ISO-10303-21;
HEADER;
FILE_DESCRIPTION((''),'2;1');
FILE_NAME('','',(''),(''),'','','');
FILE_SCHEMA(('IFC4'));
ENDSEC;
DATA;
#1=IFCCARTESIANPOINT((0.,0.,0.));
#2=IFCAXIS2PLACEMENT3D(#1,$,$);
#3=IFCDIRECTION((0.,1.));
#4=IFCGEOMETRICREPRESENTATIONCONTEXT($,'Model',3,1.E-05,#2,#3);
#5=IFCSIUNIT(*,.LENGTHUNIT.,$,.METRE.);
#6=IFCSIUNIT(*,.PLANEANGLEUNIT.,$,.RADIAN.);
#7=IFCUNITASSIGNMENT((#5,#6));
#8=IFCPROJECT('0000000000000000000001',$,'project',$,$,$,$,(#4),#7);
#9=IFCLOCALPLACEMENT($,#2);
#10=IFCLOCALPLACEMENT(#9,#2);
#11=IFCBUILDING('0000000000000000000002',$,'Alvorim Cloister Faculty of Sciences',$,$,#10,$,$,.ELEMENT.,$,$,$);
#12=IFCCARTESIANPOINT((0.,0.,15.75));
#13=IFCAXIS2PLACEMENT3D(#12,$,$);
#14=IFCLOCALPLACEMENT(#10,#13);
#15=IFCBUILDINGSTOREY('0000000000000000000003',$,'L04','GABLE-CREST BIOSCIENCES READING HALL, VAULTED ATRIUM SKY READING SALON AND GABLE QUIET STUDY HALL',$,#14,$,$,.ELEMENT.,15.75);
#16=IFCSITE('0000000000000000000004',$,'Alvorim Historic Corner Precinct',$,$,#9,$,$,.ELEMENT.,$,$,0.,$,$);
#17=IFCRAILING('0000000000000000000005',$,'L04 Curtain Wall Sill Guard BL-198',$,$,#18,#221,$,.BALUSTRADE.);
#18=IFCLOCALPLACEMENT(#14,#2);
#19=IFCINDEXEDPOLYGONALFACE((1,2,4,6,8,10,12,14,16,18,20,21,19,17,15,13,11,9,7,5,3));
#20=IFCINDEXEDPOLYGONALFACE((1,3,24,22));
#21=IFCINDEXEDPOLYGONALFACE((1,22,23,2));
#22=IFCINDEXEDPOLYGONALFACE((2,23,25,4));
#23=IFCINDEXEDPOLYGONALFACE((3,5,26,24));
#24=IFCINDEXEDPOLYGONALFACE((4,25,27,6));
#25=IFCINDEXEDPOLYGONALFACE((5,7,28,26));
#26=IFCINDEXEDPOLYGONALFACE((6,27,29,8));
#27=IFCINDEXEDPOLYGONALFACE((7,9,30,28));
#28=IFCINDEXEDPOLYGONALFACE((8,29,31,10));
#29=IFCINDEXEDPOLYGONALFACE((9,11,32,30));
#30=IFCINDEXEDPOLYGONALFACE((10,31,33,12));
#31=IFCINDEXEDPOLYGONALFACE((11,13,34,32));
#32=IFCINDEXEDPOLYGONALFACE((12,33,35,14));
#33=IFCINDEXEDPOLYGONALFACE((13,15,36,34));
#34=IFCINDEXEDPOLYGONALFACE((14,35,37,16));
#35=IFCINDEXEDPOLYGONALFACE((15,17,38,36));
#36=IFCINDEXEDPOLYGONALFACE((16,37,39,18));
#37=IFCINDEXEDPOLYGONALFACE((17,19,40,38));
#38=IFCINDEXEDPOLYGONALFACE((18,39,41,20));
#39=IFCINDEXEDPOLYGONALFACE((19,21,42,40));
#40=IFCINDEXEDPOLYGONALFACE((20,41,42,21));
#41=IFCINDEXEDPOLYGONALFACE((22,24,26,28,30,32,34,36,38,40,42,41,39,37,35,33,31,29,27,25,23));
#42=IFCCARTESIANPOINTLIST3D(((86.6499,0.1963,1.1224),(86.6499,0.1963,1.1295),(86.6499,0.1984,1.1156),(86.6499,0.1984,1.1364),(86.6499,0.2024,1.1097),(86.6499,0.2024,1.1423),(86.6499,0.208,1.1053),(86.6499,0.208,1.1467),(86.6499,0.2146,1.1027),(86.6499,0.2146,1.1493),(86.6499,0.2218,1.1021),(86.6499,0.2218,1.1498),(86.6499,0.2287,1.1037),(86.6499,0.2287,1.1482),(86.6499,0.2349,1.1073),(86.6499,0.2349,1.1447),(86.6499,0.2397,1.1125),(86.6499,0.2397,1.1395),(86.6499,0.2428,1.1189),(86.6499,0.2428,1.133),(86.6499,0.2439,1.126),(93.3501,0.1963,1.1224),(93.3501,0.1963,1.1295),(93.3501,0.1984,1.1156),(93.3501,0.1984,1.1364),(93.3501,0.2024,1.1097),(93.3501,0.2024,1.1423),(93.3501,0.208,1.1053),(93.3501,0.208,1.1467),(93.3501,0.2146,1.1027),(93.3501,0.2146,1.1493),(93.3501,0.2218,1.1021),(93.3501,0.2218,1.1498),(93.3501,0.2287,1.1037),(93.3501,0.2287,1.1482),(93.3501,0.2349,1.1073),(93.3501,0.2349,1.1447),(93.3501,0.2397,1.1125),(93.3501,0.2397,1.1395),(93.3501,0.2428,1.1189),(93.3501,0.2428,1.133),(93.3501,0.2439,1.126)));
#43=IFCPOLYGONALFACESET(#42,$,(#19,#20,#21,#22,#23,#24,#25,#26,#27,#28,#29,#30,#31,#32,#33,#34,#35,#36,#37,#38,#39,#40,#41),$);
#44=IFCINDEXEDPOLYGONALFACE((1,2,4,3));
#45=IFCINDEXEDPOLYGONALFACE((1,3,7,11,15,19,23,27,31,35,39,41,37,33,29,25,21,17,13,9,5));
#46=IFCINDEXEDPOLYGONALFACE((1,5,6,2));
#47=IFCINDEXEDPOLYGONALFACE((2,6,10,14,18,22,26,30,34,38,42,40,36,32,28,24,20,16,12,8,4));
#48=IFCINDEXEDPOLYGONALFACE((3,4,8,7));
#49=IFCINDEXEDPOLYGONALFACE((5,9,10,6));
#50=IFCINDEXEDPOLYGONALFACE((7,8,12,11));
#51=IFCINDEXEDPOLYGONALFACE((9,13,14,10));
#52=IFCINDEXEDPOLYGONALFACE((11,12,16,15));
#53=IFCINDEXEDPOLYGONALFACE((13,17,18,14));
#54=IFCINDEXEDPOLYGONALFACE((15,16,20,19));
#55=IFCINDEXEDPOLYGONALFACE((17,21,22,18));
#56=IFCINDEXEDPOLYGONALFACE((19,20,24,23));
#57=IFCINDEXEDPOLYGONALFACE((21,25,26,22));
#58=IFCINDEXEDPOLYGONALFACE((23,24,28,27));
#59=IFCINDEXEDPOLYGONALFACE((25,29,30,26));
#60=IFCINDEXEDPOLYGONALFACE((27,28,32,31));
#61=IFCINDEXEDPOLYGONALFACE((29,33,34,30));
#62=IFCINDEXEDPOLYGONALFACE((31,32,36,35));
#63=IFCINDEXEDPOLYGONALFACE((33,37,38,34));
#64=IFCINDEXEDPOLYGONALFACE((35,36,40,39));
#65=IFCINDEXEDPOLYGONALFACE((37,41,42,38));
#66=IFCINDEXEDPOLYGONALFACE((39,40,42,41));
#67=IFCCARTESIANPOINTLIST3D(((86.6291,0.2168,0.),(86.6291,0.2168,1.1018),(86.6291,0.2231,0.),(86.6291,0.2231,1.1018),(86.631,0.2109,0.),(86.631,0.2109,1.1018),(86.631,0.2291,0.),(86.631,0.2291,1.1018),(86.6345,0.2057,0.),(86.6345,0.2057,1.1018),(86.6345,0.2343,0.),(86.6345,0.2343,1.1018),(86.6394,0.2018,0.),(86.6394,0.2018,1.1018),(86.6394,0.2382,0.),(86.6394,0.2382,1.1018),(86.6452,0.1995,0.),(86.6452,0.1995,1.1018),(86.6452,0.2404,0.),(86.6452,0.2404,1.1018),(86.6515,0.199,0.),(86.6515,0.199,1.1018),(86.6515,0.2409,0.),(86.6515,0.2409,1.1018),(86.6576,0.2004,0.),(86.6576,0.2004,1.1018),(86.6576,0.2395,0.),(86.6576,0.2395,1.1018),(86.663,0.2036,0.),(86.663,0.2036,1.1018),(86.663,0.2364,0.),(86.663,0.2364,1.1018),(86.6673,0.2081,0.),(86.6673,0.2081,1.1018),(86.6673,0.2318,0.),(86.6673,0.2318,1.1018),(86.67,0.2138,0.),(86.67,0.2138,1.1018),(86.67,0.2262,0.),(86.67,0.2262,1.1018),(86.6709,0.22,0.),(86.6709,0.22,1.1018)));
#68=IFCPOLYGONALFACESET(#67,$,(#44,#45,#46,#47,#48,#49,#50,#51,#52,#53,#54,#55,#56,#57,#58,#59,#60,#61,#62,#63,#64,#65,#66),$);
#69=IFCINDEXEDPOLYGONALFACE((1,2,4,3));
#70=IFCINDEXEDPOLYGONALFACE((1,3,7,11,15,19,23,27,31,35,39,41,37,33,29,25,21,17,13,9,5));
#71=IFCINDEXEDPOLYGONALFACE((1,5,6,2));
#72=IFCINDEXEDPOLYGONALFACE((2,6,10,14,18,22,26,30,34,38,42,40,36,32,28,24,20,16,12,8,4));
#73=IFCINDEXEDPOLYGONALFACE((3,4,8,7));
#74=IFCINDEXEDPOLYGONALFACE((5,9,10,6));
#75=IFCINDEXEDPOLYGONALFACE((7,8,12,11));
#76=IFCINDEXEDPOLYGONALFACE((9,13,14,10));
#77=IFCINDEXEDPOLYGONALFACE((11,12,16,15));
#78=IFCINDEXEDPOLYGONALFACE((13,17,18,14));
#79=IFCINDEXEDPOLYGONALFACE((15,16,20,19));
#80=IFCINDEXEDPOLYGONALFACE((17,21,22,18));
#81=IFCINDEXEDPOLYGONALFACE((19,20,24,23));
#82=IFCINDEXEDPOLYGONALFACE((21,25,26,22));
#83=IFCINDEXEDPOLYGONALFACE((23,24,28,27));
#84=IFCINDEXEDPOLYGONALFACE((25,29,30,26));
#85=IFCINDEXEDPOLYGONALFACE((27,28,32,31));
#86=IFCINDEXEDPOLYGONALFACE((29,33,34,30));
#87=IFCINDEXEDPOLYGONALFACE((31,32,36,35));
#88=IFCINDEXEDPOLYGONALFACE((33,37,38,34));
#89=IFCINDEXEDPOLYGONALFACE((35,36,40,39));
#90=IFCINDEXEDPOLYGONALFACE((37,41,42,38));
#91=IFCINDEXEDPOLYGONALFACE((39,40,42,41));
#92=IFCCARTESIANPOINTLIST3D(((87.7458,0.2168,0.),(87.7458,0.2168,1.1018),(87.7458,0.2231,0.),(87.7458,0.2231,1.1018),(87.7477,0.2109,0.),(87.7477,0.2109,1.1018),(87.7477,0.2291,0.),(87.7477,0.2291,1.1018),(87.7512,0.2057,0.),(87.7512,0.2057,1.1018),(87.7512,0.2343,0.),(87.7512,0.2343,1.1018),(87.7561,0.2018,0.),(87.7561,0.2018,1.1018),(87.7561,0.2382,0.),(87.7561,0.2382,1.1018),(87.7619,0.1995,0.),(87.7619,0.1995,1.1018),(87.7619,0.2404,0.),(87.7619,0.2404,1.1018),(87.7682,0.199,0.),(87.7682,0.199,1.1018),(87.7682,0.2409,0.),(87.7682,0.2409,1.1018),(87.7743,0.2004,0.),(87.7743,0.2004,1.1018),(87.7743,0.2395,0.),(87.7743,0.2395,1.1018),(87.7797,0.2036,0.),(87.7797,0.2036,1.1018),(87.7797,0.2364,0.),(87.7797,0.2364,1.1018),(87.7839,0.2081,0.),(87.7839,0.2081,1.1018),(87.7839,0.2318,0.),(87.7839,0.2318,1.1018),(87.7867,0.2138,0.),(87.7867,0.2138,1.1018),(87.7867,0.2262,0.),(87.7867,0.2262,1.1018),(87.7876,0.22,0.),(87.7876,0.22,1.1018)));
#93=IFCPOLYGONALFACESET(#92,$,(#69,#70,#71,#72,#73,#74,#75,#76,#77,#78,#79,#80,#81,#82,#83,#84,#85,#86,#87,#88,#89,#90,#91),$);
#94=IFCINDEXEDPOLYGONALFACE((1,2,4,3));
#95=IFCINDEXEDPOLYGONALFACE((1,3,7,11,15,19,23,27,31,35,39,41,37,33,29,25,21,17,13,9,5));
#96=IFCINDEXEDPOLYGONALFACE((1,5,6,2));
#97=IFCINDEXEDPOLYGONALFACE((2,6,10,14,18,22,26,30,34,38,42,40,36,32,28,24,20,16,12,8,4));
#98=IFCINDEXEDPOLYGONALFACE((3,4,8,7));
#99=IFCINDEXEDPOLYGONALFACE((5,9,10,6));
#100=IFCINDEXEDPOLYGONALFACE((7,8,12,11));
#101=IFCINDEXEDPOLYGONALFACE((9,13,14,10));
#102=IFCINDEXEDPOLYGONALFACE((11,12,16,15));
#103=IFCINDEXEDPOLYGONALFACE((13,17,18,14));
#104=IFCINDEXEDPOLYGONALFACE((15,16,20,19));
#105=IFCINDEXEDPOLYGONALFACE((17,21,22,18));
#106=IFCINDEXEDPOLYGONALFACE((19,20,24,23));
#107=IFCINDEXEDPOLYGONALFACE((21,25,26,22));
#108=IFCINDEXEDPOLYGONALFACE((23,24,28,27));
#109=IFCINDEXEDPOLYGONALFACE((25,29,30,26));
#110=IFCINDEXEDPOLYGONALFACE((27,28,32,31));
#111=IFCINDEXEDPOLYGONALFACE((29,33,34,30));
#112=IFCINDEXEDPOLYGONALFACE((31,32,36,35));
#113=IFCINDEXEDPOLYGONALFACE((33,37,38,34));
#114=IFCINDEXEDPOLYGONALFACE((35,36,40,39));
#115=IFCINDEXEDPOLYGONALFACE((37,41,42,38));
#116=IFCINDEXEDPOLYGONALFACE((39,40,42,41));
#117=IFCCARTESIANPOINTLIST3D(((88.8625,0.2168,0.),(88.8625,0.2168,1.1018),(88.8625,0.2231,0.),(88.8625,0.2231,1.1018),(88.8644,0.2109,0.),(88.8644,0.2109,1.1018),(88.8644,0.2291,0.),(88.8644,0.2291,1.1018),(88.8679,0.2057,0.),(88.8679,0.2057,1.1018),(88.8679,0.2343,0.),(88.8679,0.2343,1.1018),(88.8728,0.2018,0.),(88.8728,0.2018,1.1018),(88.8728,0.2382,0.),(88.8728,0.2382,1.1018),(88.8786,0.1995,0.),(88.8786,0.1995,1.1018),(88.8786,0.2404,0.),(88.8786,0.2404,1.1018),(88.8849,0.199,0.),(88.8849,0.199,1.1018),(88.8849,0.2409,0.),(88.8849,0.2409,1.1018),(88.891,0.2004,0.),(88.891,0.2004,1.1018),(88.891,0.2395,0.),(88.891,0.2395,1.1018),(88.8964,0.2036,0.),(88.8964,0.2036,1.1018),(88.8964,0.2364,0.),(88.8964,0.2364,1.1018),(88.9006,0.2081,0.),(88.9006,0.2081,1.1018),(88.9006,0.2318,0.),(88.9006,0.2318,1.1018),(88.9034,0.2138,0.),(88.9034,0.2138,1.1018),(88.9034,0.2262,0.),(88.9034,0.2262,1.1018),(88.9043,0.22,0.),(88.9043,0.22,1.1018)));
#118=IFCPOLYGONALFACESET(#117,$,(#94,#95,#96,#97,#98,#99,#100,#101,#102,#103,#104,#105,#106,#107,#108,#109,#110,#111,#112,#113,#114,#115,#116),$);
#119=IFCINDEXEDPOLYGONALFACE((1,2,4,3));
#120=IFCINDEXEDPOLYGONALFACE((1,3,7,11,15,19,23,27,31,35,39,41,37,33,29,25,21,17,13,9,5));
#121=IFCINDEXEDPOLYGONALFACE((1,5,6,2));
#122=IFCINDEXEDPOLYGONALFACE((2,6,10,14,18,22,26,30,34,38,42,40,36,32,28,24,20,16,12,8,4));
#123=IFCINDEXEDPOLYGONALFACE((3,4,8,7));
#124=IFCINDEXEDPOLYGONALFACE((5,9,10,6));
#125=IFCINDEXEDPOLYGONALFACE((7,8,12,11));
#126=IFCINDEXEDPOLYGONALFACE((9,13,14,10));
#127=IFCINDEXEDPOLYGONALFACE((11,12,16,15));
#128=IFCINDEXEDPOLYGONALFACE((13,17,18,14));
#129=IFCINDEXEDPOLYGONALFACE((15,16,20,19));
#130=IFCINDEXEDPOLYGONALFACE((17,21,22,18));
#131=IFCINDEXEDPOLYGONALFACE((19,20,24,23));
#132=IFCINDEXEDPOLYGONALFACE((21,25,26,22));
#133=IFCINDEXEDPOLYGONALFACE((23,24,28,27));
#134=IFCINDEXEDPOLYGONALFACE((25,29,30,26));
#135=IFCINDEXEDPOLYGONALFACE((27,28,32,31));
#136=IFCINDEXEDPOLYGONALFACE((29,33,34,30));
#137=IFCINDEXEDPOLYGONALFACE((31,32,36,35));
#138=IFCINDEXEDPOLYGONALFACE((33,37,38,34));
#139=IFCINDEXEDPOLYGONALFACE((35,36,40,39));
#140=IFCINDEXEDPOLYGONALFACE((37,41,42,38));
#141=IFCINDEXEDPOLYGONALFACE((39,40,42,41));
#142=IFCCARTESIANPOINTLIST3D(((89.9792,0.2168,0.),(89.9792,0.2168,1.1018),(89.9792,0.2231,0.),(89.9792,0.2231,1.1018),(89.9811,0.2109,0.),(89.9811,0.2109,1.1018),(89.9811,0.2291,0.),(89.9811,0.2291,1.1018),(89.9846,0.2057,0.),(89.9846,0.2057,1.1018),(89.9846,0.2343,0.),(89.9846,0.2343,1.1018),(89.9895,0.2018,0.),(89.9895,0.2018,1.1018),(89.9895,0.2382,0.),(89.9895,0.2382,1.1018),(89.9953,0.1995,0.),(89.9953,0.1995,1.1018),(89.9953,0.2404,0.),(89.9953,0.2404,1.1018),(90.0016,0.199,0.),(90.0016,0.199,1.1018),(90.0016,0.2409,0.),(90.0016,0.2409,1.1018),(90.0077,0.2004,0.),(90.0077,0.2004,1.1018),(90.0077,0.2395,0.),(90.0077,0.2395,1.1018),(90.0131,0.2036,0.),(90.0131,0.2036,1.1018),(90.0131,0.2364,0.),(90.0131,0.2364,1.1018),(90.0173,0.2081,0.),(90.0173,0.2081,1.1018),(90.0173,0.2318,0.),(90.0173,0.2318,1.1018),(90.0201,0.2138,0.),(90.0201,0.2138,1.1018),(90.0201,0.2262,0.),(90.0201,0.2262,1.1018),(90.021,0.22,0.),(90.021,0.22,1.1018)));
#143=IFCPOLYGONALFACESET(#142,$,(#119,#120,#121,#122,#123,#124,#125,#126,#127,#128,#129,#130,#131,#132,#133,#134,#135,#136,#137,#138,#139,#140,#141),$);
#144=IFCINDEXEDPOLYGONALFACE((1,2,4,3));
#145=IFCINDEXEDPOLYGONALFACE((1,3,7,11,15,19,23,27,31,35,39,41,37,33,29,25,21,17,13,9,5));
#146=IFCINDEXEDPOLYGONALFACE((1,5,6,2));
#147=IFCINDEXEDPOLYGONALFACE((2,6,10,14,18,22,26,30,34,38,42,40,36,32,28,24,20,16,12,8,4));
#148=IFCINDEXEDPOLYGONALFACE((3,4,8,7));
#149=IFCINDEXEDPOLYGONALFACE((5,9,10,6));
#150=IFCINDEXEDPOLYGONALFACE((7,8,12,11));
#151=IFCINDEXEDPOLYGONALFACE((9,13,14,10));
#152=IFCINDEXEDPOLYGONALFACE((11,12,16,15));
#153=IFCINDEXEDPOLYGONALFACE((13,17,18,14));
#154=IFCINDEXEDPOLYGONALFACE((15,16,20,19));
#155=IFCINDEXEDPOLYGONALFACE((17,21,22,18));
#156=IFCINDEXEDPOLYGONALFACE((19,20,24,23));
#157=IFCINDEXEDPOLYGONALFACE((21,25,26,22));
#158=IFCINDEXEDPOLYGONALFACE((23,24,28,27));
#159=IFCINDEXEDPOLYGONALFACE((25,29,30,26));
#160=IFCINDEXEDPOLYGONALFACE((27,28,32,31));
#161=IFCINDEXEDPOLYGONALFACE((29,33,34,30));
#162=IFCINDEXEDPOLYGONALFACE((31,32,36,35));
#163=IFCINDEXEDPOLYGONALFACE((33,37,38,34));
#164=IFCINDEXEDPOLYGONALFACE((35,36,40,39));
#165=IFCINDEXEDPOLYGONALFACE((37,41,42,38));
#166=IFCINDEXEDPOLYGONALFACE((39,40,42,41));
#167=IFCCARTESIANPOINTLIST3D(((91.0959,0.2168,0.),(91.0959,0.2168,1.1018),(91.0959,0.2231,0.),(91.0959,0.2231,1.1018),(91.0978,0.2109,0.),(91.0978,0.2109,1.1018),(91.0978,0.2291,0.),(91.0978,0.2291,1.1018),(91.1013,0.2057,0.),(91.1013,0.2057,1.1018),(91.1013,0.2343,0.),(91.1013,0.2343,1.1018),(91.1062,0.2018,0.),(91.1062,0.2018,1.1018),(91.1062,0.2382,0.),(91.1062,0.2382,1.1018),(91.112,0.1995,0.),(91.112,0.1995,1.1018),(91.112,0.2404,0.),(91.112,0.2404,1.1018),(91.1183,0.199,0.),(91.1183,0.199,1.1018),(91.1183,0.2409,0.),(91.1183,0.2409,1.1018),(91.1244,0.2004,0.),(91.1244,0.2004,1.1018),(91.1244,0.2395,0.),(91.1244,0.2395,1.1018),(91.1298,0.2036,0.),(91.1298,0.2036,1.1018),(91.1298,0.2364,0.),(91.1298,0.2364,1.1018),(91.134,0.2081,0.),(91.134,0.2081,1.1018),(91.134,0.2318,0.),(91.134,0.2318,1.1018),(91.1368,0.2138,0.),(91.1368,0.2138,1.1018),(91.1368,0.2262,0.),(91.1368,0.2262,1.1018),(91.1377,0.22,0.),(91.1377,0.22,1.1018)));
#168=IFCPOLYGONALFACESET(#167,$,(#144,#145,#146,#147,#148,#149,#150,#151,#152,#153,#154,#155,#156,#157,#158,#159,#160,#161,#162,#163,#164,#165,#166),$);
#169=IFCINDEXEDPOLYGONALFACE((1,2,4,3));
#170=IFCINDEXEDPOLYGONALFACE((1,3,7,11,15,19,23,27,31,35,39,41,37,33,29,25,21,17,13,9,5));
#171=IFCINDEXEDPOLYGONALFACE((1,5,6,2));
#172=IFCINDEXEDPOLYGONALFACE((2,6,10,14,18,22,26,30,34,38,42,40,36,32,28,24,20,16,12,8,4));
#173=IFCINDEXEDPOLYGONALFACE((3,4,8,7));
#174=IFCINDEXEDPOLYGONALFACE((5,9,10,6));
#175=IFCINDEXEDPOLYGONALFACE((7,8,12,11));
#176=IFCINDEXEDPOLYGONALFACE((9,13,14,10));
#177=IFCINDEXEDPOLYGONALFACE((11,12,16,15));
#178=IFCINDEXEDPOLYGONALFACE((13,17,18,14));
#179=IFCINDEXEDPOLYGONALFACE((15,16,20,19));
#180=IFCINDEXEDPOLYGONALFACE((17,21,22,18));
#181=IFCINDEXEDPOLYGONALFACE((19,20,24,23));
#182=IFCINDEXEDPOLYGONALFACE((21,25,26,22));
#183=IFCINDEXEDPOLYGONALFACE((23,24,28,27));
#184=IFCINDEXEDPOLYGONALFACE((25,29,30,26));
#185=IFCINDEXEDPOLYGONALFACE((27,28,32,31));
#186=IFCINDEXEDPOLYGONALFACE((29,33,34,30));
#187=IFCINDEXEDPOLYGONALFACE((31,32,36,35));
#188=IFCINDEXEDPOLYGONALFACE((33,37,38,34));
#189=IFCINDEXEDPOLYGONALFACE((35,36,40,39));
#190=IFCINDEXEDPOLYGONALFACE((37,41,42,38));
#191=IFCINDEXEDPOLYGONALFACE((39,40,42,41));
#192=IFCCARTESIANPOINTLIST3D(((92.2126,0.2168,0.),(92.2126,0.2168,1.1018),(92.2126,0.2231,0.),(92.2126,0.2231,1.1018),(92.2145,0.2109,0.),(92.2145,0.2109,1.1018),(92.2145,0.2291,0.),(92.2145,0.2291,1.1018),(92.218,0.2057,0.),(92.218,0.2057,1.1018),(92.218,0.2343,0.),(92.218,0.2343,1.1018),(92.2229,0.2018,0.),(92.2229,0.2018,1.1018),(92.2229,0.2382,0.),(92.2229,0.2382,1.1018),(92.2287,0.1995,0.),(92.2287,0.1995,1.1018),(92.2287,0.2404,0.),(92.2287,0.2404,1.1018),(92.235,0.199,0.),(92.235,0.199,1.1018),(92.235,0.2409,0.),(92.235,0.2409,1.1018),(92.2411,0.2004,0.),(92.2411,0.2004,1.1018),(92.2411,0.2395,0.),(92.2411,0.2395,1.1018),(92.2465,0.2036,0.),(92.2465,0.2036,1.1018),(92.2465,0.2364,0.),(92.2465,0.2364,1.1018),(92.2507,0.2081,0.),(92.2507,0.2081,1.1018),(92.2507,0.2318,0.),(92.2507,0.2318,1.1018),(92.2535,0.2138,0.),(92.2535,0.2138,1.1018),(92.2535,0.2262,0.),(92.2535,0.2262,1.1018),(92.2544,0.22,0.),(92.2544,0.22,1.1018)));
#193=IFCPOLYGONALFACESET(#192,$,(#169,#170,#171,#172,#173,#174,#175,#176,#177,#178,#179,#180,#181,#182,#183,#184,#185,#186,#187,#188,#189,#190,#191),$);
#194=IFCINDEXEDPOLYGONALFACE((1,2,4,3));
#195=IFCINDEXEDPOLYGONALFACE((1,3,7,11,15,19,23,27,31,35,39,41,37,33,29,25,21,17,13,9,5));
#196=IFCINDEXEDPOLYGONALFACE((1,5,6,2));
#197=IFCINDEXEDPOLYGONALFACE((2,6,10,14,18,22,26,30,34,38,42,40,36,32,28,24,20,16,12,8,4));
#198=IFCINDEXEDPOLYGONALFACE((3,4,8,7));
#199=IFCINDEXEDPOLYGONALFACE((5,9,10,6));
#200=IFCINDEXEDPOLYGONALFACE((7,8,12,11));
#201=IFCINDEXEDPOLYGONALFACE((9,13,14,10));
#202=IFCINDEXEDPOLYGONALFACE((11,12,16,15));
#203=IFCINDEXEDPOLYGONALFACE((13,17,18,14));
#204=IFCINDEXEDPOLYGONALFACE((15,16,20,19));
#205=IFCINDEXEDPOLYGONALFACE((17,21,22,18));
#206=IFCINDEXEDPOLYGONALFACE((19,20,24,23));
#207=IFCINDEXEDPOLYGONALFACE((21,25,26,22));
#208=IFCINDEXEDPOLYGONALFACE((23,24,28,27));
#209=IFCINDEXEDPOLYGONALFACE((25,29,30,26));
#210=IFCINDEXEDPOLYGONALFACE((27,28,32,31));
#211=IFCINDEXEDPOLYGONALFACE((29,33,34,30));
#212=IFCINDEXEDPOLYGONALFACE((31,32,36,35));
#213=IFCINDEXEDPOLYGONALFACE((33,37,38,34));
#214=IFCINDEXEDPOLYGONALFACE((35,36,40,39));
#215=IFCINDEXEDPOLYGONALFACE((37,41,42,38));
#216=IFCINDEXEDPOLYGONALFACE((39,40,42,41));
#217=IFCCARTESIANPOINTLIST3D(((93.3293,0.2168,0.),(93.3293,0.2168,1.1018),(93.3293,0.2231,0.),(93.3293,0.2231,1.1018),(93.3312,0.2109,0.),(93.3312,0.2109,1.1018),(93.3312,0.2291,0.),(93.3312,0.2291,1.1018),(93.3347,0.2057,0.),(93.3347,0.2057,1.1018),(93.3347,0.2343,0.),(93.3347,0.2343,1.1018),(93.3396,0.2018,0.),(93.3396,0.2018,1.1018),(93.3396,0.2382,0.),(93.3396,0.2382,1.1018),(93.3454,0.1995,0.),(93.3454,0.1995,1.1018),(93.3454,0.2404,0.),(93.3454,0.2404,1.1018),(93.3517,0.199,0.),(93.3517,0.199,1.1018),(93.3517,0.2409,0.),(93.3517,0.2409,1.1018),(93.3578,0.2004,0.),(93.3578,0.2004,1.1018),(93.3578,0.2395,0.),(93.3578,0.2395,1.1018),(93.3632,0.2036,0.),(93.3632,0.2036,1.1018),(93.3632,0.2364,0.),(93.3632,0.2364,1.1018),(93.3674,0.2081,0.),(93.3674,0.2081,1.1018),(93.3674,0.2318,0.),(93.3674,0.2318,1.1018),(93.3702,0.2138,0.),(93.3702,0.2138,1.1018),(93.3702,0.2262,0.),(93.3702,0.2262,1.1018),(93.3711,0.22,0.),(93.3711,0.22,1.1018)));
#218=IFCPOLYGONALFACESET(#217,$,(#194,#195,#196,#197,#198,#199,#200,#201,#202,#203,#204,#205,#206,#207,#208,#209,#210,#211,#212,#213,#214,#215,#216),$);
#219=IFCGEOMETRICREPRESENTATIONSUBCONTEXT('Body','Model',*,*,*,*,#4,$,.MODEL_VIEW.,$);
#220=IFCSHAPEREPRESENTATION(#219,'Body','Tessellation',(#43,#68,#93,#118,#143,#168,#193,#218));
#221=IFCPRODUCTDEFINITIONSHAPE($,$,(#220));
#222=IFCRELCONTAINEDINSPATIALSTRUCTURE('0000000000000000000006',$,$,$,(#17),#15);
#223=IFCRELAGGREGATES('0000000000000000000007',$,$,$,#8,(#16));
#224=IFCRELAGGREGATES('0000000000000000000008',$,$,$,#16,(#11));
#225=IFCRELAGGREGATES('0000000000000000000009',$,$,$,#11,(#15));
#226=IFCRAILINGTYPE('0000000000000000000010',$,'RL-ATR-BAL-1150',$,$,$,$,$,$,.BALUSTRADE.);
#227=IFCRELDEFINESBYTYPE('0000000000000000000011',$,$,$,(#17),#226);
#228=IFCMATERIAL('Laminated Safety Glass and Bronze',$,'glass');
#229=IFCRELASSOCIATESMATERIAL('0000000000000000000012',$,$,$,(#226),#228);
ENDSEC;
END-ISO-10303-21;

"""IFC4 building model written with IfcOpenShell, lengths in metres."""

from ifc_helpers import new_model, si_unit, direction, frame, origin, origin_2d, place, context, subcontext, project, spatial, circle, extrude, material, type_object, element, save


model = new_model("IFC4")

# Units and contexts
model_context = context("Model", 3, precision=1e-05, world=origin(), true_north=direction((0.0, 1.0)))
body_context = subcontext(model_context, "Body", "Model", "MODEL_VIEW")
ifc_project = project(units=[si_unit("LENGTHUNIT", "METRE"), si_unit("PLANEANGLEUNIT", "RADIAN")], contexts=[model_context])

# Site, building, storey
site_placement = place(None, origin())
site = spatial("IfcSite", under=ifc_project, at=site_placement, Name="Alvorim Historic Corner Precinct", CompositionType="ELEMENT", RefElevation=0.0)
building_placement = place(site_placement, origin())
building = spatial("IfcBuilding", under=site, at=building_placement, Name="Alvorim Cloister Faculty of Sciences", CompositionType="ELEMENT")
storey_placement = place(building_placement, frame((0.0, 0.0, 15.75)))
storey = spatial("IfcBuildingStorey", under=building, at=storey_placement, Name="L04", Description="GABLE-CREST BIOSCIENCES READING HALL, VAULTED ATRIUM SKY READING SALON AND GABLE QUIET STUDY HALL", CompositionType="ELEMENT", Elevation=15.75)

# Railing
ifc_material_1 = material(Name="Laminated Safety Glass and Bronze", Category="glass")
railing_type = type_object("IfcRailingType", Name="RL-ATR-BAL-1150", PredefinedType="BALUSTRADE", material=ifc_material_1)
railing_1_placement = place(storey_placement, frame((86.6499, 0.22, 0.0)))
element("IfcRailing", 1, at=railing_1_placement, inside=storey, type_object=railing_type, Name="L04 Curtain Wall Sill Guard BL-198", PredefinedType="BALUSTRADE", context=body_context, shape_type="SweptSolid", body=[
    extrude(circle(Radius=0.0239, at=origin_2d()), frame((0.0, 0.0, 1.126), z_axis=(1.0, 0.0, 0.0), x_axis=(0.0, 1.0, 0.0)), (0.0, 0.0, 1.0), 6.7002),
    extrude(circle(Radius=0.021, at=origin_2d()), origin(), (0.0, 0.0, 1.0), 1.1018),
    extrude(circle(Radius=0.021, at=origin_2d()), frame((1.1167, 0.0, 0.0)), (0.0, 0.0, 1.0), 1.1018),
    extrude(circle(Radius=0.021, at=origin_2d()), frame((2.2334, 0.0, 0.0)), (0.0, 0.0, 1.0), 1.1018),
    extrude(circle(Radius=0.021, at=origin_2d()), frame((3.3501, 0.0, 0.0)), (0.0, 0.0, 1.0), 1.1018),
    extrude(circle(Radius=0.021, at=origin_2d()), frame((4.4668, 0.0, 0.0)), (0.0, 0.0, 1.0), 1.1018),
    extrude(circle(Radius=0.021, at=origin_2d()), frame((5.5835, 0.0, 0.0)), (0.0, 0.0, 1.0), 1.1018),
    extrude(circle(Radius=0.021, at=origin_2d()), frame((6.7002, 0.0, 0.0)), (0.0, 0.0, 1.0), 1.1018),
])

save(model, "model.ifc")
